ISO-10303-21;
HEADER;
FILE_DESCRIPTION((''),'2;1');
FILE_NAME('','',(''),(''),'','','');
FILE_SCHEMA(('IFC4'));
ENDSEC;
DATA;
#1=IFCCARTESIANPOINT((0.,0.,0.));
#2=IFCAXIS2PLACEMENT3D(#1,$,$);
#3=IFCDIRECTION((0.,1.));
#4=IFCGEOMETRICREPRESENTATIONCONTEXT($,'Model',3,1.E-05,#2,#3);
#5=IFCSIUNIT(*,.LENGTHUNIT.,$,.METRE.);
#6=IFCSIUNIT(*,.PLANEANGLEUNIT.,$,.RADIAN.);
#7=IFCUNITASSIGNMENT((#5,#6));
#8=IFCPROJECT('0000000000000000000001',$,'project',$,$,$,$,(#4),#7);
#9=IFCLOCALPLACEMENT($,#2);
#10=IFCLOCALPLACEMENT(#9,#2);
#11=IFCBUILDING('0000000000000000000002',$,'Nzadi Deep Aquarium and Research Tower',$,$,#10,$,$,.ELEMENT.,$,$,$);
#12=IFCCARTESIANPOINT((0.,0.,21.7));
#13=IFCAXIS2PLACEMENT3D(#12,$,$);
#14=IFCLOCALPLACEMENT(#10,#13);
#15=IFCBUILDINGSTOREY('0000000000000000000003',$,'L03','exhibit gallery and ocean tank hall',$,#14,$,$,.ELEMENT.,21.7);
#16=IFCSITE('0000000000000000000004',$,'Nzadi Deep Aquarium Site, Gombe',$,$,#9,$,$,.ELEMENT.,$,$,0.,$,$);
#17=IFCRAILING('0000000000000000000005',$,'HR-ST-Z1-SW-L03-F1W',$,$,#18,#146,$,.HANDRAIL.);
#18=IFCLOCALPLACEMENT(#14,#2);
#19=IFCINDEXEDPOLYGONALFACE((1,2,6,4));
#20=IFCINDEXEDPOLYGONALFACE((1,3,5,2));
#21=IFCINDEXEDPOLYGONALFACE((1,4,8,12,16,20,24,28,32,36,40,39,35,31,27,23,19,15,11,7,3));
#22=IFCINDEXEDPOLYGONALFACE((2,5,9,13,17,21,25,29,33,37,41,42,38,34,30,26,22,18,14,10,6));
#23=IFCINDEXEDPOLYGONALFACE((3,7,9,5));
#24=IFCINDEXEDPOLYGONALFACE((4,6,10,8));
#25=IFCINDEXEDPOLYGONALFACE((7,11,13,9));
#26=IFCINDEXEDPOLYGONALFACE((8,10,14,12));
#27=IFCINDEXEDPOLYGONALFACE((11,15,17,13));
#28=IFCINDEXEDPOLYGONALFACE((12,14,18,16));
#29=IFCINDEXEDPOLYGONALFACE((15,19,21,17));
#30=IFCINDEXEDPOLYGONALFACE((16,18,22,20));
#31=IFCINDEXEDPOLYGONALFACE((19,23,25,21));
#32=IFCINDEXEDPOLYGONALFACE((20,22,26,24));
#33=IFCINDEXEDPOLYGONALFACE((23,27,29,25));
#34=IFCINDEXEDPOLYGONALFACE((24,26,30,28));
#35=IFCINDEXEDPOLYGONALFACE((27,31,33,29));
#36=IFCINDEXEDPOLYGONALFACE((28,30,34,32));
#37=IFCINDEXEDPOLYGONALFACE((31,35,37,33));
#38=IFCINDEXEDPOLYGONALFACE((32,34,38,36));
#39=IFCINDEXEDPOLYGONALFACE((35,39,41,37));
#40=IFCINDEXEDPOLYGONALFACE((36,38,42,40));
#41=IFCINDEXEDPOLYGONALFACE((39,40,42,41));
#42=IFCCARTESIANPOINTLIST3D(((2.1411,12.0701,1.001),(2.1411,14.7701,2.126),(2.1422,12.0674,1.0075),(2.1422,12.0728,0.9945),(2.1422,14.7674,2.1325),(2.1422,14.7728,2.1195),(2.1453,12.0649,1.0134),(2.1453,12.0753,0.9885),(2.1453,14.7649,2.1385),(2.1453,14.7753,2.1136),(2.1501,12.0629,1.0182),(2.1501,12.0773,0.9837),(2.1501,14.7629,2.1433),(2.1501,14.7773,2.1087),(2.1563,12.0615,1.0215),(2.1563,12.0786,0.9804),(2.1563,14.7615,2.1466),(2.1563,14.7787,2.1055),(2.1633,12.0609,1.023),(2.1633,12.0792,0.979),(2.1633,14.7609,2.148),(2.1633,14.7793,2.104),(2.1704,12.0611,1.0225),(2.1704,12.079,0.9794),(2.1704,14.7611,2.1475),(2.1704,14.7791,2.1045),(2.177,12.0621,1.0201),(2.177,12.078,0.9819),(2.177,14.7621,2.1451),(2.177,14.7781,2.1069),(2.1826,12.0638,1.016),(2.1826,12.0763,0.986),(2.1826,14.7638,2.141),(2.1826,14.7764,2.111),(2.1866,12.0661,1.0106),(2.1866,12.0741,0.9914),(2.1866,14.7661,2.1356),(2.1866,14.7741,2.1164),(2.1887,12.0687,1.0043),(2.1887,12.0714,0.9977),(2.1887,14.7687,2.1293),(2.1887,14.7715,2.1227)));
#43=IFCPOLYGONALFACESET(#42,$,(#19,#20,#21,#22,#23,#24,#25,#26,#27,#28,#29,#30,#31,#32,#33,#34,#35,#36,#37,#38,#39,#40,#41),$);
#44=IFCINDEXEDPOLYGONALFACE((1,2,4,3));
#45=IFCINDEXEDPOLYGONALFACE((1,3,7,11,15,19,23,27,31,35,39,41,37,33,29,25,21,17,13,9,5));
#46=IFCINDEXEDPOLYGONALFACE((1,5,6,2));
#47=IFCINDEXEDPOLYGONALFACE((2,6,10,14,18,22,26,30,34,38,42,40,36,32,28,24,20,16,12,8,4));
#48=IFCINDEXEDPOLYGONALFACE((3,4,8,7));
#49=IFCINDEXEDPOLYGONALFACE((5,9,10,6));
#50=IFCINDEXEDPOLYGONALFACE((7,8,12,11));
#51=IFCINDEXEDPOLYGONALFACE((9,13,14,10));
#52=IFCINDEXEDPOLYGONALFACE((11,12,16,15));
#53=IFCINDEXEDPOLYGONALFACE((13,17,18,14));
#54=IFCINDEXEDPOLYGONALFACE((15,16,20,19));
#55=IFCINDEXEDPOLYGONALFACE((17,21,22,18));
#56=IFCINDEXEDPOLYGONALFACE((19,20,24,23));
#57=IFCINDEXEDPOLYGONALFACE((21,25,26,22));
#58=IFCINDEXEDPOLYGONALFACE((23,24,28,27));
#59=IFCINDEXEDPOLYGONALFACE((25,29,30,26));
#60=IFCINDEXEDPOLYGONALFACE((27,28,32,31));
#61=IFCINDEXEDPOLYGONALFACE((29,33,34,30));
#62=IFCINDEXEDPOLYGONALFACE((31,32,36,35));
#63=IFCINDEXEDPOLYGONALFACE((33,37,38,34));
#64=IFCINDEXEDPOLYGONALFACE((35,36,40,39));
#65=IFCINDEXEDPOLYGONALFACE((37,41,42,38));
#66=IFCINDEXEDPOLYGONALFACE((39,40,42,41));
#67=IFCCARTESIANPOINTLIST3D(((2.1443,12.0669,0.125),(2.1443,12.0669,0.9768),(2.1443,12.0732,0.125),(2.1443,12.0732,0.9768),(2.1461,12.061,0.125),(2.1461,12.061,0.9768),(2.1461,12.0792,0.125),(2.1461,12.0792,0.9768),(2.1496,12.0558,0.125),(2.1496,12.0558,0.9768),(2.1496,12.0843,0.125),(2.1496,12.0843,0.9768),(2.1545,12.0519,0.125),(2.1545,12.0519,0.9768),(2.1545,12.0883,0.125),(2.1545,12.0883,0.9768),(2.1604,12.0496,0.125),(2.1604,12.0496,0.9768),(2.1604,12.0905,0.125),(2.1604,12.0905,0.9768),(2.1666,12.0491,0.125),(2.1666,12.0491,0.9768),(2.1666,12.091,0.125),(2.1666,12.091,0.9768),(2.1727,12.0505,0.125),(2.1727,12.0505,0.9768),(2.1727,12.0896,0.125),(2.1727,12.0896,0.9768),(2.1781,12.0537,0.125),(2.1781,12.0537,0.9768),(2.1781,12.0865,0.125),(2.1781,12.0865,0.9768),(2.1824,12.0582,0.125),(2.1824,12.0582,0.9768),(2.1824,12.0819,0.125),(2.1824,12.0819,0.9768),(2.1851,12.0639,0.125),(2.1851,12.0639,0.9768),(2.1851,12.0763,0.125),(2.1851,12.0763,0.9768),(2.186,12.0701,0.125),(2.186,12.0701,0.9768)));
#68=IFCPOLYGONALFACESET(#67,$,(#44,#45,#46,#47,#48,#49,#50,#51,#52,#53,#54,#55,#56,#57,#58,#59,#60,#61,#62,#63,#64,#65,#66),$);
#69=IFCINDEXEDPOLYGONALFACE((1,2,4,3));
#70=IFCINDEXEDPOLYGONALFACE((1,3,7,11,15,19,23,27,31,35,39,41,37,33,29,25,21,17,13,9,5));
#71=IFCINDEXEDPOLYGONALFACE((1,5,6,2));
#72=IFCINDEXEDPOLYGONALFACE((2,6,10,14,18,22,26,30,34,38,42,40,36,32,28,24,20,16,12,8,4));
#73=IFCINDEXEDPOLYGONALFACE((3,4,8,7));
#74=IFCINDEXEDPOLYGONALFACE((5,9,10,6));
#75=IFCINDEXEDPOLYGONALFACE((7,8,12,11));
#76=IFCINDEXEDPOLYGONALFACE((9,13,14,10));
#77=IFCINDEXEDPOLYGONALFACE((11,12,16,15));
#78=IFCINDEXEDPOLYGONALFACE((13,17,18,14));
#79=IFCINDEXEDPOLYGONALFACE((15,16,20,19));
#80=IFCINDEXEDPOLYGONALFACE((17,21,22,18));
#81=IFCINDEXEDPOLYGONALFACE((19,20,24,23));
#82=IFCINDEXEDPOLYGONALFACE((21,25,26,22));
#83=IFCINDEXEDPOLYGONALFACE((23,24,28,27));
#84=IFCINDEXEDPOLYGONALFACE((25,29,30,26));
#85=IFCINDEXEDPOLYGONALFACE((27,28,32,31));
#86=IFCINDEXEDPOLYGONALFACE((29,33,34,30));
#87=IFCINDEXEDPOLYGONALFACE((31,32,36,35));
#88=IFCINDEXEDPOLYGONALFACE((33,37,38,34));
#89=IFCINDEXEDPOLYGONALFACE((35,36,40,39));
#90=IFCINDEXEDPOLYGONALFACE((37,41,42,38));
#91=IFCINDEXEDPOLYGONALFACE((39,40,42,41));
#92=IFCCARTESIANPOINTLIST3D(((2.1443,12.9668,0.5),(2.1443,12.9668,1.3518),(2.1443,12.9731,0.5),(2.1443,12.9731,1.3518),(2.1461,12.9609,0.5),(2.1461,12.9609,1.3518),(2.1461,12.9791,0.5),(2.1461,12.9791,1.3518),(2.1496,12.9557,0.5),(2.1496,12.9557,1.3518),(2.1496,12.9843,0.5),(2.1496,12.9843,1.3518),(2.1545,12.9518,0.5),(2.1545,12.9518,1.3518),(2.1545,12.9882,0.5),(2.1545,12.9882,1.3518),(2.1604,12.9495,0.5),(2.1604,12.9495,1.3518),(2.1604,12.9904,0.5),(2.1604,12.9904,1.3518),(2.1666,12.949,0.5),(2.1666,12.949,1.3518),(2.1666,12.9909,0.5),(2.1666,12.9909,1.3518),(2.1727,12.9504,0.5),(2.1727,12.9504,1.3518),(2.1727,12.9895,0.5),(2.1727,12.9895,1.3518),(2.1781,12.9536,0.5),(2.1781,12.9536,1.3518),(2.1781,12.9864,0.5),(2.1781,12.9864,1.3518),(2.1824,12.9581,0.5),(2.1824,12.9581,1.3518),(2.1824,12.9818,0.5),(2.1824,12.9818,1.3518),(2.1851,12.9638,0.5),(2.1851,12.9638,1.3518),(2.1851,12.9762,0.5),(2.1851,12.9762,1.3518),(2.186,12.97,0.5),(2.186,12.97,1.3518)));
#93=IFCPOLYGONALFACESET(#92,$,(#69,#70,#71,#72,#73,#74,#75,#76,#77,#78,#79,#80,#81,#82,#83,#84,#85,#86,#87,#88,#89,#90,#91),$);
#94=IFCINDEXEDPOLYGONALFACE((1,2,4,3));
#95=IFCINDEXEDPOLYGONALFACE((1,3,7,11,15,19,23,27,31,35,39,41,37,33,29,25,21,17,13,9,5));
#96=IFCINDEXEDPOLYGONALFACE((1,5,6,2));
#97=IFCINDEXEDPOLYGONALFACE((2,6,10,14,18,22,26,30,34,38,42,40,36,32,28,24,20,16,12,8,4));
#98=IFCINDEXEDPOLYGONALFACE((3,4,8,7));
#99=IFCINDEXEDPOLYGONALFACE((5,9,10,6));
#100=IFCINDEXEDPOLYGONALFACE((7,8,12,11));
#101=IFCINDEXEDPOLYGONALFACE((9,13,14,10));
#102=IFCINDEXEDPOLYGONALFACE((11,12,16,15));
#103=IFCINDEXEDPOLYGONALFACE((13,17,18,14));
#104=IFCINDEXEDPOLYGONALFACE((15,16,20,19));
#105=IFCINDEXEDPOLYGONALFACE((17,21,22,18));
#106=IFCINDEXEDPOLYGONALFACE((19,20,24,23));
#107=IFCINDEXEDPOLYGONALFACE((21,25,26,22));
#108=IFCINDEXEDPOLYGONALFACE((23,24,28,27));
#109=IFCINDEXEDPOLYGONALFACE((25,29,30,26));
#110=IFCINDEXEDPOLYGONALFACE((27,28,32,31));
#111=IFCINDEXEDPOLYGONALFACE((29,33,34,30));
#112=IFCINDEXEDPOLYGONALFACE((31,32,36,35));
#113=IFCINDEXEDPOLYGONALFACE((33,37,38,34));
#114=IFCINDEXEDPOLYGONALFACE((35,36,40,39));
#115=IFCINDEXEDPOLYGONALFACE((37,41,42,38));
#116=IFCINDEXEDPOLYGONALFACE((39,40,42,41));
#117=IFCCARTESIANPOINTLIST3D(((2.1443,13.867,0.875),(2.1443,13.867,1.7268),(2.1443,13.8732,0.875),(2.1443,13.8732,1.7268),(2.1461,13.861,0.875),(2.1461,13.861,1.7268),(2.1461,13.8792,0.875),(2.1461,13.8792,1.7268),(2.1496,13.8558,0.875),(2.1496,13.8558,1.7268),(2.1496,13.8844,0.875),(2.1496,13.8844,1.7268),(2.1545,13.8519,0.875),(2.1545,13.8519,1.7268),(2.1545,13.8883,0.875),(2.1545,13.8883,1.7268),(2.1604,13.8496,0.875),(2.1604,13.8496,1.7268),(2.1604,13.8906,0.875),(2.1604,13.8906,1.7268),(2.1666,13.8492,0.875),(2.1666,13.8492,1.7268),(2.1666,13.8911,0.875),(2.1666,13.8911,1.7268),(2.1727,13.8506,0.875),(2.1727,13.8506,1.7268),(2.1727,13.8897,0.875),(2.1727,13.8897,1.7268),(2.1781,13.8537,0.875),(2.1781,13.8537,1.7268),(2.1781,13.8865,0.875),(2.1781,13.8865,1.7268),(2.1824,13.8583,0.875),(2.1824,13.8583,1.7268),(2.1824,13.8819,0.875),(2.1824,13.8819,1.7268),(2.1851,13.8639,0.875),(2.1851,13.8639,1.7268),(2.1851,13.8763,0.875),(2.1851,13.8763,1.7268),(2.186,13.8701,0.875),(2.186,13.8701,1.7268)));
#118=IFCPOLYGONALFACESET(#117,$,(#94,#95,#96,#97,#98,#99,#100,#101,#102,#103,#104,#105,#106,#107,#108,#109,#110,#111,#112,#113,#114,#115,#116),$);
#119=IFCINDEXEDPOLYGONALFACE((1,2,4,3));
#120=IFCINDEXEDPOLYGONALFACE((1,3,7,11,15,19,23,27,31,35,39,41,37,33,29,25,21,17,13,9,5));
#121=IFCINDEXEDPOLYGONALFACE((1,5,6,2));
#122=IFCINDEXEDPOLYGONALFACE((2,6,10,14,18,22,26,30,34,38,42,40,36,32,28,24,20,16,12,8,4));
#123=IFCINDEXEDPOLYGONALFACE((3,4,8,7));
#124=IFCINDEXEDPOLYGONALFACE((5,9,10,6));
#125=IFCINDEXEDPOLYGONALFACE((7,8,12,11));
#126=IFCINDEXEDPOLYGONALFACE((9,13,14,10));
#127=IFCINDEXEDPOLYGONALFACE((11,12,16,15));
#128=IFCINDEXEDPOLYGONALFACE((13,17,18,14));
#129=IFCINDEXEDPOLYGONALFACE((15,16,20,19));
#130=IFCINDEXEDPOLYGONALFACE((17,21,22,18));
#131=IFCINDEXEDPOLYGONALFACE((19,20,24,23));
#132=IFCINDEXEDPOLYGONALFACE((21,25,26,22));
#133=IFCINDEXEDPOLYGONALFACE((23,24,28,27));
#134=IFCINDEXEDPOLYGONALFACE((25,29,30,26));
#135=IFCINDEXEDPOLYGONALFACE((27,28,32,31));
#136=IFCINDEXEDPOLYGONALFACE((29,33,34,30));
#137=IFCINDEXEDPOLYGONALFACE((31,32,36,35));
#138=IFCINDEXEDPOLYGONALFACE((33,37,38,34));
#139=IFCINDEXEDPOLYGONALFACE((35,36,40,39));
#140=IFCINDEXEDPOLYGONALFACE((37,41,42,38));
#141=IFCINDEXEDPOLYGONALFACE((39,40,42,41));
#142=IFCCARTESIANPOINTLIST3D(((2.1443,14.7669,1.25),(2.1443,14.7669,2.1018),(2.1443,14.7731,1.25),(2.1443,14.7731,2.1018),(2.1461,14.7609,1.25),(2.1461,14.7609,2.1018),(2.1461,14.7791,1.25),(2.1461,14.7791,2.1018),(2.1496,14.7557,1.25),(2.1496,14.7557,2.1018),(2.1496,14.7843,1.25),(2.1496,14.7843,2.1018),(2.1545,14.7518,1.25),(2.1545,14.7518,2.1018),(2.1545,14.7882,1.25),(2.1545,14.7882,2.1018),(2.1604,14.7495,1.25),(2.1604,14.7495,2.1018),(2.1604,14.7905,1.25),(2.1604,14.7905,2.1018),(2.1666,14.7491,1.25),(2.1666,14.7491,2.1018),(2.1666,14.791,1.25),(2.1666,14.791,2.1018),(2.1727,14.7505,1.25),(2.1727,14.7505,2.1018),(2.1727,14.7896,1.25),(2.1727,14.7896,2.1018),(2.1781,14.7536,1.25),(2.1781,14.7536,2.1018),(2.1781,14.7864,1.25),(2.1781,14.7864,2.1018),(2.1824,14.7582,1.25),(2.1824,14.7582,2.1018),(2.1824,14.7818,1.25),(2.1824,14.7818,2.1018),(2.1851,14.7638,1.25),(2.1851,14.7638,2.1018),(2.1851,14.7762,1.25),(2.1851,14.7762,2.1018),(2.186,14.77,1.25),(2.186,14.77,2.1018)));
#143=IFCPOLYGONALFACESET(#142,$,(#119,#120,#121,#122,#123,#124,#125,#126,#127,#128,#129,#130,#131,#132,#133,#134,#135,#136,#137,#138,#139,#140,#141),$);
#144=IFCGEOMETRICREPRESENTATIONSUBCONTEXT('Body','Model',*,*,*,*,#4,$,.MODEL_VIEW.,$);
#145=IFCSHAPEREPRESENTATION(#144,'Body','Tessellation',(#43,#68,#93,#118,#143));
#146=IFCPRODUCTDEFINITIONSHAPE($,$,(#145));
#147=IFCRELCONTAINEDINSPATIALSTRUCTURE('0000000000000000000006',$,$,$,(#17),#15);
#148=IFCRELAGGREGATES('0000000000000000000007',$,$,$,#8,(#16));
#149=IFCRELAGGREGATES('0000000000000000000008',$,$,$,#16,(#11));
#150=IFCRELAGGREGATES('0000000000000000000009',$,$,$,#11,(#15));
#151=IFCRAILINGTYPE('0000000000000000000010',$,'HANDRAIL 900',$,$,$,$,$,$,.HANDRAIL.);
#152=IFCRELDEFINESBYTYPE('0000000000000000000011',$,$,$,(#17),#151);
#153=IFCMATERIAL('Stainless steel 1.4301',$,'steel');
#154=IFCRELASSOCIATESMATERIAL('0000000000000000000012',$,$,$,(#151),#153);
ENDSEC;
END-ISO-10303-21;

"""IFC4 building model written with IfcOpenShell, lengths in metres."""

from ifc_helpers import new_model, si_unit, direction, frame, origin, origin_2d, place, context, subcontext, project, spatial, circle, extrude, material, type_object, element, save


model = new_model("IFC4")

# Units and contexts
model_context = context("Model", 3, precision=1e-05, world=origin(), true_north=direction((0.0, 1.0)))
body_context = subcontext(model_context, "Body", "Model", "MODEL_VIEW")
ifc_project = project(units=[si_unit("LENGTHUNIT", "METRE"), si_unit("PLANEANGLEUNIT", "RADIAN")], contexts=[model_context])

# Site, building, storey
site_placement = place(None, origin())
site = spatial("IfcSite", under=ifc_project, at=site_placement, Name="Nzadi Deep Aquarium Site, Gombe", CompositionType="ELEMENT", RefElevation=0.0)
building_placement = place(site_placement, origin())
building = spatial("IfcBuilding", under=site, at=building_placement, Name="Nzadi Deep Aquarium and Research Tower", CompositionType="ELEMENT")
storey_placement = place(building_placement, frame((0.0, 0.0, 21.7)))
storey = spatial("IfcBuildingStorey", under=building, at=storey_placement, Name="L03", Description="exhibit gallery and ocean tank hall", CompositionType="ELEMENT", Elevation=21.7)

# Railing
ifc_material_1 = material(Name="Stainless steel 1.4301", Category="steel")
railing_type = type_object("IfcRailingType", Name="HANDRAIL 900", PredefinedType="HANDRAIL", material=ifc_material_1)
for number, where, name in (
    (1, (2.165, 12.0701, 0.125), "HR-ST-Z1-SW-L03-F1W"),
):
    element("IfcRailing", number, at=place(storey_placement, frame(where)), inside=storey, type_object=railing_type, Name=name, PredefinedType="HANDRAIL", context=body_context, shape_type="SweptSolid", body=[
        extrude(circle(Radius=0.0239, at=origin_2d()), frame((0.0, 0.0, 0.876), z_axis=(0.0, 0.923074, 0.384621), x_axis=(-1.0, 0.0, 0.0)), (0.0, 0.0, 1.0), 2.925),
        extrude(circle(Radius=0.021, at=origin_2d()), origin(), (0.0, 0.0, 1.0), 0.8518),
        extrude(circle(Radius=0.021, at=origin_2d()), frame((0.0, 0.8999, 0.375)), (0.0, 0.0, 1.0), 0.8518),
        extrude(circle(Radius=0.021, at=origin_2d()), frame((0.0, 1.8, 0.75)), (0.0, 0.0, 1.0), 0.8518),
        extrude(circle(Radius=0.021, at=origin_2d()), frame((0.0, 2.7, 1.125)), (0.0, 0.0, 1.0), 0.8518),
    ])

save(model, "model.ifc")
